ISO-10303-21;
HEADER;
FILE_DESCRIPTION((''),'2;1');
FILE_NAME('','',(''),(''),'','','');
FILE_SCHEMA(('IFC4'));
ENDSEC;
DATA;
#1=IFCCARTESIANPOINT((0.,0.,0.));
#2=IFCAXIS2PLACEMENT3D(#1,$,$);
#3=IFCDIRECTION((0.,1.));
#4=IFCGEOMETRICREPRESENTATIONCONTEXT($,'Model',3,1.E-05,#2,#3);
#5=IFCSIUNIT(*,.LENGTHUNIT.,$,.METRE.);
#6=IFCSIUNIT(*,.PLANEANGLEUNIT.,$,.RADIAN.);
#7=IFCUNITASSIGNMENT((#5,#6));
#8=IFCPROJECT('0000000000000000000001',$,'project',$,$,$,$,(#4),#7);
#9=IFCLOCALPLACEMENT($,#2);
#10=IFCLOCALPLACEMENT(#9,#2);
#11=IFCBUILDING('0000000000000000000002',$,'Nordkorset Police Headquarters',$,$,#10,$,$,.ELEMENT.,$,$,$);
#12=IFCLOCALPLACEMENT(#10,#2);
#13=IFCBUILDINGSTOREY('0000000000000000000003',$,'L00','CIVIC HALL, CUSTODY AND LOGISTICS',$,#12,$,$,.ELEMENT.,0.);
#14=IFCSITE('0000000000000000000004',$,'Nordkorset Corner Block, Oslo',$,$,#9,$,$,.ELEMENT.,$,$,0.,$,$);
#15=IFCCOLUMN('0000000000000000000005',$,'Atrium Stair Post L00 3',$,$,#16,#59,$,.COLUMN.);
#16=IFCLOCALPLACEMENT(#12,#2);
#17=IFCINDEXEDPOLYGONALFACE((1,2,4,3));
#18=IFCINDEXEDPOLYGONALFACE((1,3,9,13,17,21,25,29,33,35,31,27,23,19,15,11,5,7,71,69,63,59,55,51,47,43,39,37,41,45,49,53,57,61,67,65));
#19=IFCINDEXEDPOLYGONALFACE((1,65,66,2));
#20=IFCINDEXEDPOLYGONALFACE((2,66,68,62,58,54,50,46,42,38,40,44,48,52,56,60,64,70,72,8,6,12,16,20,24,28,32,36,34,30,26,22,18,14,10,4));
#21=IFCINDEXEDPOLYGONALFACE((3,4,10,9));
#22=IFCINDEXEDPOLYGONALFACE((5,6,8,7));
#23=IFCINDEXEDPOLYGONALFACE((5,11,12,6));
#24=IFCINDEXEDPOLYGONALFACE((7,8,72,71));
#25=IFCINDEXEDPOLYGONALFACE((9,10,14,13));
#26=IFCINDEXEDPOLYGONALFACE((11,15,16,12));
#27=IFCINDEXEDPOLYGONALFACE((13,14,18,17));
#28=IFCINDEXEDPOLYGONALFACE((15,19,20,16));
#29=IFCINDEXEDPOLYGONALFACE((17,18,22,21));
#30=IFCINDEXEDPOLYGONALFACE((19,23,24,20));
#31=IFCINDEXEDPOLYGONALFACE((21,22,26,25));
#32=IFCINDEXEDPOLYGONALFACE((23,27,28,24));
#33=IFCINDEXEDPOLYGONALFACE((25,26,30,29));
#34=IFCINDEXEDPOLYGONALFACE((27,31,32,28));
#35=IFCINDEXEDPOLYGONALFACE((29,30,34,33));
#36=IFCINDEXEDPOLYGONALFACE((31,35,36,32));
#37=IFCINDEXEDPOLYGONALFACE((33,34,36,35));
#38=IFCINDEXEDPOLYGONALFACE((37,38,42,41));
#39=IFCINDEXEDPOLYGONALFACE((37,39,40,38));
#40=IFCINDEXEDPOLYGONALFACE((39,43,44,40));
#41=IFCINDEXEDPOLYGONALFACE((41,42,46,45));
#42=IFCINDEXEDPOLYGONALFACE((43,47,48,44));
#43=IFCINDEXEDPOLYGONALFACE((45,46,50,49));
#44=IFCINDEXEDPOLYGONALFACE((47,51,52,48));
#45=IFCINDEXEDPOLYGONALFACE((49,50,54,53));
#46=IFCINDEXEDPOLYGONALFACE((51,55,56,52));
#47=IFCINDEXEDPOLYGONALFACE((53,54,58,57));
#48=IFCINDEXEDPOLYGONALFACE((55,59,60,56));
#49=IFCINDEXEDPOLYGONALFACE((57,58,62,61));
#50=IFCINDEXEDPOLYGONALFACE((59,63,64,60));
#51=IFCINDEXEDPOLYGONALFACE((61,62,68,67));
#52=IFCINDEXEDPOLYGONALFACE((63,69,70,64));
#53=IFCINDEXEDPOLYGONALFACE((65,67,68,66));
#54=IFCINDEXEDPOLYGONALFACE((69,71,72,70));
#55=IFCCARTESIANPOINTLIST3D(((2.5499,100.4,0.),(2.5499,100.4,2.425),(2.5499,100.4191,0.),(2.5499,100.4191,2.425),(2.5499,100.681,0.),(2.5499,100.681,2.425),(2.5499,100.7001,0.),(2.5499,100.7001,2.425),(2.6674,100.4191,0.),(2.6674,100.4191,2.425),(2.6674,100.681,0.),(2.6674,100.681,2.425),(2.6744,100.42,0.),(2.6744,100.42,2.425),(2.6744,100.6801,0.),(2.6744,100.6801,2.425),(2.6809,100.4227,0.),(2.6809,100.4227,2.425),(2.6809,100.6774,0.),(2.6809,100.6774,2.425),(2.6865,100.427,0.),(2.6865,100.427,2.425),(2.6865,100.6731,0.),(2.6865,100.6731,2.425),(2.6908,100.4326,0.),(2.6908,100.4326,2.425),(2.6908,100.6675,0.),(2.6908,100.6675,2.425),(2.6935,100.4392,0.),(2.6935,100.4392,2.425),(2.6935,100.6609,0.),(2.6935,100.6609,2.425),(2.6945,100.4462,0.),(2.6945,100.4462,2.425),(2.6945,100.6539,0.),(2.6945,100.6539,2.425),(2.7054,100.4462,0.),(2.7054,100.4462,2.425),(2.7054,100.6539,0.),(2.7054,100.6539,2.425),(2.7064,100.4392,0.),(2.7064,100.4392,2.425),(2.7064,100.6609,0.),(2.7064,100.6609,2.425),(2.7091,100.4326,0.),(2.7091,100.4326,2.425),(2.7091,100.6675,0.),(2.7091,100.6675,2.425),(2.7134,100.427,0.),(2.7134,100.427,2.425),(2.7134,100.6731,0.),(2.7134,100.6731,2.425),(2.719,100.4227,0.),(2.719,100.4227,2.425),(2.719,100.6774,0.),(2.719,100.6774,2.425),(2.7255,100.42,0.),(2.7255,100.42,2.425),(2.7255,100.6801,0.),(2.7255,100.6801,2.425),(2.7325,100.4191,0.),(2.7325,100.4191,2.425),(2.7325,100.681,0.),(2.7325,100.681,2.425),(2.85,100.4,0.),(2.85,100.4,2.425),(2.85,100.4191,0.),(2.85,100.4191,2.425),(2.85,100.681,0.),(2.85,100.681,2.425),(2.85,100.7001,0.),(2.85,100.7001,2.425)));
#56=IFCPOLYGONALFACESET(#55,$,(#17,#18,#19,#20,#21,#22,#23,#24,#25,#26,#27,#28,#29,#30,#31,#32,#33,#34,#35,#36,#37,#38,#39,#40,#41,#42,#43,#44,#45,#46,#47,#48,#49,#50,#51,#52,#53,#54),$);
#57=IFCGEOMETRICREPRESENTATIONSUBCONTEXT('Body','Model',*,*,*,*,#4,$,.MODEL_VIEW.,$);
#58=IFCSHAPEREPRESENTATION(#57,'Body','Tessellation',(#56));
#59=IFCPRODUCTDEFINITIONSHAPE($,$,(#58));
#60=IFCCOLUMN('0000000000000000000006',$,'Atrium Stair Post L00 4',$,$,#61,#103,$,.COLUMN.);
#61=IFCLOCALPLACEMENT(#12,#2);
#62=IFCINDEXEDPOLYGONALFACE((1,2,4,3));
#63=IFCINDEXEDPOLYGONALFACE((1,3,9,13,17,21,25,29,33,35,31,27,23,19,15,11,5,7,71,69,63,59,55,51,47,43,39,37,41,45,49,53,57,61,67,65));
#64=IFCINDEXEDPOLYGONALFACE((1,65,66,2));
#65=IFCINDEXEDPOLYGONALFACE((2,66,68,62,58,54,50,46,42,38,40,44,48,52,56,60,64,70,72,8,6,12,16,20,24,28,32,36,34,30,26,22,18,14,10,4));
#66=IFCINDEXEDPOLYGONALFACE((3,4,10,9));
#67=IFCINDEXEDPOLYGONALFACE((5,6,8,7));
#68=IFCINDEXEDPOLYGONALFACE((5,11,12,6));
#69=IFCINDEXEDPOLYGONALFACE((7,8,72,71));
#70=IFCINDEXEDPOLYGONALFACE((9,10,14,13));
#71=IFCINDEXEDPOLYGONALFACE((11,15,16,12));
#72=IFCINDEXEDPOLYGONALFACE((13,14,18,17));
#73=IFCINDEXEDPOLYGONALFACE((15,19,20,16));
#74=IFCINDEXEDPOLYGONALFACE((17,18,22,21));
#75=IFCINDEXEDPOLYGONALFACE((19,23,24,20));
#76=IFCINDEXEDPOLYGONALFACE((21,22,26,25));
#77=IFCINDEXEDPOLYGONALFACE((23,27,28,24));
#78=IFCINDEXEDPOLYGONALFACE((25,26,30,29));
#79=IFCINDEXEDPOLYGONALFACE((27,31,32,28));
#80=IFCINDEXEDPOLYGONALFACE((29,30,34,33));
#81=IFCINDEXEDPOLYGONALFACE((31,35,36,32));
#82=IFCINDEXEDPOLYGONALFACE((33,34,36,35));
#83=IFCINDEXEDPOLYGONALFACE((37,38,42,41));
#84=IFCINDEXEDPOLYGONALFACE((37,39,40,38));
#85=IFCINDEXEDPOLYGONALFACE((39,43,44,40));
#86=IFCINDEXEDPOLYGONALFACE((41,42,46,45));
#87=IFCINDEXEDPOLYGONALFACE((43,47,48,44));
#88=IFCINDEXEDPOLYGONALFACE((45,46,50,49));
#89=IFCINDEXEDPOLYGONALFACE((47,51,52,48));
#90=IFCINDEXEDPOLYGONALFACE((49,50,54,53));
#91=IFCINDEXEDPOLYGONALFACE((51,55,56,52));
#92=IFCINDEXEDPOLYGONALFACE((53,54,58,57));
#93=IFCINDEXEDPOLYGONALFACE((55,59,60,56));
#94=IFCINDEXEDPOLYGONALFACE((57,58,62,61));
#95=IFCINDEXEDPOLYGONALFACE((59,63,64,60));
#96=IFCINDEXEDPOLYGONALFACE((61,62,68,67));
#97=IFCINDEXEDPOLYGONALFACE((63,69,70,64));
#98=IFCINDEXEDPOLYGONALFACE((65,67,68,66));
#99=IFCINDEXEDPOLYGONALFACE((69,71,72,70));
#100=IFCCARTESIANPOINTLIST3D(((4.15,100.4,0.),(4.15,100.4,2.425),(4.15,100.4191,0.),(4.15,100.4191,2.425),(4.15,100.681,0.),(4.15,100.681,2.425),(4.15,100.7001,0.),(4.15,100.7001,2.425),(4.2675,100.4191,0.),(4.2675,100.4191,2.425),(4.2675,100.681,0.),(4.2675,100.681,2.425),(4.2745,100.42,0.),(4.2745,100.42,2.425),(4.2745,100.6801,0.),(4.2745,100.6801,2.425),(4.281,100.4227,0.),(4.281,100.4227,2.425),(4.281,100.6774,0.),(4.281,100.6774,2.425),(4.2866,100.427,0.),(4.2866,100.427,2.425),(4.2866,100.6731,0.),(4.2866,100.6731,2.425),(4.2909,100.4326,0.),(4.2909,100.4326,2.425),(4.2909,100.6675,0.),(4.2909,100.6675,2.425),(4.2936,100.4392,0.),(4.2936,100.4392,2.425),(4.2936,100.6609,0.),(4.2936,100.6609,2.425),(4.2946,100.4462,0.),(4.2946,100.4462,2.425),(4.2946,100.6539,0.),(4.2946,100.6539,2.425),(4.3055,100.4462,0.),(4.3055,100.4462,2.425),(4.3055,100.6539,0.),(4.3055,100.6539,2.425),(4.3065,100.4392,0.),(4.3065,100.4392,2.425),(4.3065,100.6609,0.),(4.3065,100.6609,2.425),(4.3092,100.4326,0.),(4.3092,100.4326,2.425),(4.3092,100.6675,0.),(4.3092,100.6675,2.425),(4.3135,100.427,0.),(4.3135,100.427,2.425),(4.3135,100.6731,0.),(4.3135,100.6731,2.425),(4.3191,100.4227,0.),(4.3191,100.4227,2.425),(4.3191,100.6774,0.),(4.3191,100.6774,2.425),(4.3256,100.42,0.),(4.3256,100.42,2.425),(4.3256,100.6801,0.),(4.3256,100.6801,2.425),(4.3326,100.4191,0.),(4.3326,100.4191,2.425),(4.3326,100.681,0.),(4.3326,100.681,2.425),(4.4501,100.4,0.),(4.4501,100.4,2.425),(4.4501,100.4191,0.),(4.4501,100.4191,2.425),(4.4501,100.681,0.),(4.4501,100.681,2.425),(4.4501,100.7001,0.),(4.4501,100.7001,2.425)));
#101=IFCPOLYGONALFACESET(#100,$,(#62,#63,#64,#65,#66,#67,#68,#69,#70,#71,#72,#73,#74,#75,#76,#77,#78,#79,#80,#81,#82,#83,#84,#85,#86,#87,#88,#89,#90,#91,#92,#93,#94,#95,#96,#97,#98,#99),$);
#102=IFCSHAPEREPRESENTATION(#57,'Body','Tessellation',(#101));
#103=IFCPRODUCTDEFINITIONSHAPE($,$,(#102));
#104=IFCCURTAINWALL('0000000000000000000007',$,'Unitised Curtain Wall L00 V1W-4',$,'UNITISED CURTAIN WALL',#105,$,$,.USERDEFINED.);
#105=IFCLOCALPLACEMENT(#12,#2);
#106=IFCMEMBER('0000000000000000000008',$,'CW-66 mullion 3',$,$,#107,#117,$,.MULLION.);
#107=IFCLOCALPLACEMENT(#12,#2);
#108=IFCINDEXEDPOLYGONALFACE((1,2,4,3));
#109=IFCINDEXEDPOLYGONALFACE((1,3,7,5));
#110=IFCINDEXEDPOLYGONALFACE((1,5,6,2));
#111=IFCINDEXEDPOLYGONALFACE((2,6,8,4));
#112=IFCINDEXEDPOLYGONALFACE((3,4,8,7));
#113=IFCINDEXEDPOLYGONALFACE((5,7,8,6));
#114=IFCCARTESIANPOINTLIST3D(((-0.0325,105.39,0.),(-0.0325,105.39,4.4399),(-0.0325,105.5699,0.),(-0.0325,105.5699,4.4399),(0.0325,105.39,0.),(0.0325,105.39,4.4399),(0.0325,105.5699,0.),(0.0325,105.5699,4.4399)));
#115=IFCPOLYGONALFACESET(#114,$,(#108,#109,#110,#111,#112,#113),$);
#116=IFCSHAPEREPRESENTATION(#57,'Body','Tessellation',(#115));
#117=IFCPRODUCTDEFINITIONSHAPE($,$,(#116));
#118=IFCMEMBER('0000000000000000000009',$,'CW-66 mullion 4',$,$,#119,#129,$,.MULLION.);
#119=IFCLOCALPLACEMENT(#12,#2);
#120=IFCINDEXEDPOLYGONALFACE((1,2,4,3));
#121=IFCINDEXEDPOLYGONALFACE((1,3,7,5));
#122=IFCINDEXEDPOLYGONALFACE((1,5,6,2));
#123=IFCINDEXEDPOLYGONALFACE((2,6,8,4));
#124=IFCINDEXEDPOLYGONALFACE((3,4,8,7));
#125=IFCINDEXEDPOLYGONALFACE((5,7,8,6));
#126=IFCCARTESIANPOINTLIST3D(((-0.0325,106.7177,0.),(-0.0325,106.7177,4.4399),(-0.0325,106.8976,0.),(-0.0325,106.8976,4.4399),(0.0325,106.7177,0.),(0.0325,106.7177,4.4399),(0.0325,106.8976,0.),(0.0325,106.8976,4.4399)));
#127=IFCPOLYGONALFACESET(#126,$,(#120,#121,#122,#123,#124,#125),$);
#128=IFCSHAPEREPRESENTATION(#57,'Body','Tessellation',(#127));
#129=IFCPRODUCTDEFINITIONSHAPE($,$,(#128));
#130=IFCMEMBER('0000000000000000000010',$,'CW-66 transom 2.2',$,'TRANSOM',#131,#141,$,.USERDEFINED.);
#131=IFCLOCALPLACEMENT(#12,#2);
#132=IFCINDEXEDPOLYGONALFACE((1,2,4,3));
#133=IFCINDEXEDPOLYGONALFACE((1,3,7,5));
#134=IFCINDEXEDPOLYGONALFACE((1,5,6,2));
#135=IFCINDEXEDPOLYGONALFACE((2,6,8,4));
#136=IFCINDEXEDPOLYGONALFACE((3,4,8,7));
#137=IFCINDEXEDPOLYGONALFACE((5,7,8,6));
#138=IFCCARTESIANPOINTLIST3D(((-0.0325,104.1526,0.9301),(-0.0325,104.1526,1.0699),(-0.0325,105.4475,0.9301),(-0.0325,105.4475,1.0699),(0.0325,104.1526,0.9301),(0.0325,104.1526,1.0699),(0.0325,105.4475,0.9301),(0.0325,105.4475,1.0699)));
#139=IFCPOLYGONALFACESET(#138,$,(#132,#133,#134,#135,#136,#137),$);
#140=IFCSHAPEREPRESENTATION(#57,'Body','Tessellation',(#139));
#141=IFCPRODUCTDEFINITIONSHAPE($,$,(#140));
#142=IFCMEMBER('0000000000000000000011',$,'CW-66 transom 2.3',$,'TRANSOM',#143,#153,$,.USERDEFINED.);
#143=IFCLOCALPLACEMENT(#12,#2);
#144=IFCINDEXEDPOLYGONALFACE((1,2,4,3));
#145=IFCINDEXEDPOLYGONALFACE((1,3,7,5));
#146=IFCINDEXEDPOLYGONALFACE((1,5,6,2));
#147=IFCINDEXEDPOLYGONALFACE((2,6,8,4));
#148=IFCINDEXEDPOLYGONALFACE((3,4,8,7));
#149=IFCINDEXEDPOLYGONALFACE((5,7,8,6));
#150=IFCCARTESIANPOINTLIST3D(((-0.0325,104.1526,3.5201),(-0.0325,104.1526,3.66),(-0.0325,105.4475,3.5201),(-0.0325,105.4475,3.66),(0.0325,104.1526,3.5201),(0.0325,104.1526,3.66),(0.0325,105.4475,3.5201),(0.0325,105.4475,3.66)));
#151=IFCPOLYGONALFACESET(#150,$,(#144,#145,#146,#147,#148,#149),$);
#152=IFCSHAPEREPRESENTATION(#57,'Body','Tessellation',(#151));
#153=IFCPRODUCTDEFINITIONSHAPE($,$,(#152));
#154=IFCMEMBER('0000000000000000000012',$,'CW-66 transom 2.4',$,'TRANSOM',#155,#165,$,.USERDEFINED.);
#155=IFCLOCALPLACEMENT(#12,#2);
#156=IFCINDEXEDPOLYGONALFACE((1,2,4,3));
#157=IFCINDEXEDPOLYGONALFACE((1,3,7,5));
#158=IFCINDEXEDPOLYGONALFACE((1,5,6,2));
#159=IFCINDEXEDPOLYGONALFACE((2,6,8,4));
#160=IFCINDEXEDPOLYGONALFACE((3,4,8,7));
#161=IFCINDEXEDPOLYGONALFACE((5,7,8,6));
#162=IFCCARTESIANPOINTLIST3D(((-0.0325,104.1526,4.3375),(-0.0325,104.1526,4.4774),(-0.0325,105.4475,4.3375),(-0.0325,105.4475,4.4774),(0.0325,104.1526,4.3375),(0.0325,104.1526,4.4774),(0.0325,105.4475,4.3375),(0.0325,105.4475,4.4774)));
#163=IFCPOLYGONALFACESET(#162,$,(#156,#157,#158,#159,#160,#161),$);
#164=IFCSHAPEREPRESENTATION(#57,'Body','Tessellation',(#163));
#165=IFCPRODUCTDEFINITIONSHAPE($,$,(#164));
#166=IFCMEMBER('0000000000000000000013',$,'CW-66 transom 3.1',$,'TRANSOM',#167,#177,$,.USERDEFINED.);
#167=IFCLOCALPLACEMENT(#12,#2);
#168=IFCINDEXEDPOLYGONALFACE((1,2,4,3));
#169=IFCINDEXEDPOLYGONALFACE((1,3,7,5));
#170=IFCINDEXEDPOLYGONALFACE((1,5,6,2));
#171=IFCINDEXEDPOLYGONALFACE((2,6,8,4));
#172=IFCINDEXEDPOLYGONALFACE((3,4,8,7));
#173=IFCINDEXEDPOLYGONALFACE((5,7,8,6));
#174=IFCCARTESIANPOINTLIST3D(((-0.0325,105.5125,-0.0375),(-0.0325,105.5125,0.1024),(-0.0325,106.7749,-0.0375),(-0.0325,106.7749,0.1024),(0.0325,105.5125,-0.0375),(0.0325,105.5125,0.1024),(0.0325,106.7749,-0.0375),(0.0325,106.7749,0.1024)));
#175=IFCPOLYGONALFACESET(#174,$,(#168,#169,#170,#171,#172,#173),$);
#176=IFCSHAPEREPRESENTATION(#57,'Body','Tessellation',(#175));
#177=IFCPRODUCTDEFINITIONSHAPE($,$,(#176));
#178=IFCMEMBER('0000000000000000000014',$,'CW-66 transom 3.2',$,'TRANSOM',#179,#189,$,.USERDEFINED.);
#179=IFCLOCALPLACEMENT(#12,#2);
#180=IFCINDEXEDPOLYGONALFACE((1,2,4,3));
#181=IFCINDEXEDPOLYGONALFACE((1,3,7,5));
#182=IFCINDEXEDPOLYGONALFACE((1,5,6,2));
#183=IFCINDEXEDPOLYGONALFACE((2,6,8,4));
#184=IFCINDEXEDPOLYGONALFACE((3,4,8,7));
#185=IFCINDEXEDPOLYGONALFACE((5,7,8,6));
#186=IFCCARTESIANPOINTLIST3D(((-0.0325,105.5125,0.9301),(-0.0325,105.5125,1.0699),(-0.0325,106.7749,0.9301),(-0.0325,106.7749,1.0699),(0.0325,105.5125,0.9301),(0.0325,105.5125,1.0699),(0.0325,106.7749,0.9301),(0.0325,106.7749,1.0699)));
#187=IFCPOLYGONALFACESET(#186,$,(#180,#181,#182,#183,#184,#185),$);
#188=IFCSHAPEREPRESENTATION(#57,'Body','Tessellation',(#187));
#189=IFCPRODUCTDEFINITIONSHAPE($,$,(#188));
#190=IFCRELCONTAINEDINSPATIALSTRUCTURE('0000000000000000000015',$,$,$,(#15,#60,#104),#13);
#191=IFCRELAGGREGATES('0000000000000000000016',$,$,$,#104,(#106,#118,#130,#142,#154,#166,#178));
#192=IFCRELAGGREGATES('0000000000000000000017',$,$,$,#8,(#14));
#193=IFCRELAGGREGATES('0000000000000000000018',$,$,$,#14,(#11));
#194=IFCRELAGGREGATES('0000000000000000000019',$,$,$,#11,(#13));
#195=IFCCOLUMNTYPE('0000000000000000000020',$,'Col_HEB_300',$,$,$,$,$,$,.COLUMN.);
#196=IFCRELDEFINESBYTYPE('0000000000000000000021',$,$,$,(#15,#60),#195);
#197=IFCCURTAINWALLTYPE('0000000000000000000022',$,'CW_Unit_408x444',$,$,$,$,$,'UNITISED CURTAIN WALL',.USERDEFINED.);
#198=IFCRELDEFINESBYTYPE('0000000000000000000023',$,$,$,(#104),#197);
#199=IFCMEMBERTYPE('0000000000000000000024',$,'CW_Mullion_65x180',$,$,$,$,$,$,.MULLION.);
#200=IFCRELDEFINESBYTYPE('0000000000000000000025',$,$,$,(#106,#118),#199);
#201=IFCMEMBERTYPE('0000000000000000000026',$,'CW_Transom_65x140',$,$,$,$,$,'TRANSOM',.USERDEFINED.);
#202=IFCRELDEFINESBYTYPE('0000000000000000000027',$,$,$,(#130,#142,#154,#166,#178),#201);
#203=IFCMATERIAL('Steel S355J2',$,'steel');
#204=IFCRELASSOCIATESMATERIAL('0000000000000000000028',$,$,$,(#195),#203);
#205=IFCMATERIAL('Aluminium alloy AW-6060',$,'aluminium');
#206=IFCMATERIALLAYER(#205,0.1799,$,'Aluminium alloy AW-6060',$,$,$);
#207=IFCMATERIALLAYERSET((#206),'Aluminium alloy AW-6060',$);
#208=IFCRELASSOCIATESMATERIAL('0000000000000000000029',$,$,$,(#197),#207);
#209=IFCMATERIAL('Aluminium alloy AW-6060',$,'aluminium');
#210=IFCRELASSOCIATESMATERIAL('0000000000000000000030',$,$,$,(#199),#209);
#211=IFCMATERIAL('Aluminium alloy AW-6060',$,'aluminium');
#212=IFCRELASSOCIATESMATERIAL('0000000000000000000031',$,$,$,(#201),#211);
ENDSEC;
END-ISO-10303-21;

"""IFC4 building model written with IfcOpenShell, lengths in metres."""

from ifc_helpers import new_model, si_unit, direction, frame, origin, origin_2d, place, context, subcontext, project, spatial, rectangle, i_section, extrude, material, layer, layer_set, material_profile, profile_set, type_object, element, aggregate, save


model = new_model("IFC4")

# Units and contexts
model_context = context("Model", 3, precision=1e-05, world=origin(), true_north=direction((0.0, 1.0)))
body_context = subcontext(model_context, "Body", "Model", "MODEL_VIEW")
ifc_project = project(units=[si_unit("LENGTHUNIT", "METRE"), si_unit("PLANEANGLEUNIT", "RADIAN")], contexts=[model_context])

# Site, building, storey
site_placement = place(None, origin())
site = spatial("IfcSite", under=ifc_project, at=site_placement, Name="Nordkorset Corner Block, Oslo", CompositionType="ELEMENT", RefElevation=0.0)
building_placement = place(site_placement, origin())
building = spatial("IfcBuilding", under=site, at=building_placement, Name="Nordkorset Police Headquarters", CompositionType="ELEMENT")
storey_placement = place(building_placement, origin())
storey = spatial("IfcBuildingStorey", under=building, at=storey_placement, Name="L00", Description="CIVIC HALL, CUSTODY AND LOGISTICS", CompositionType="ELEMENT", Elevation=0.0)

# Columns
ifc_material_1 = material(Name="Steel S355J2", Category="steel")
ifc_material_profile_1 = material_profile(ifc_material_1, i_section(OverallWidth=0.3, OverallDepth=0.3, WebThickness=0.011, FlangeThickness=0.019, FilletRadius=0.0271, at=origin_2d()), Name="HEB 300")
ifc_profile_set_1 = profile_set([ifc_material_profile_1], Name="Steel S355J2")
column_type = type_object("IfcColumnType", Name="Col_HEB_300", PredefinedType="COLUMN", material=ifc_profile_set_1)
for number, where, z_axis, x_axis, name in (
    (1, (2.7, 100.55, 0.0), (0.0, 0.0, 1.0), (1.0, 0.0, 0.0), "Atrium Stair Post L00 3"),
    (2, (4.3, 100.55, 0.0), (0.0, 0.0, 1.0), (1.0, 0.0, 0.0), "Atrium Stair Post L00 4"),
):
    element("IfcColumn", number, at=place(storey_placement, frame(where, z_axis=z_axis, x_axis=x_axis)), inside=storey, type_object=column_type, Name=name, PredefinedType="COLUMN", context=body_context, shape_type="SweptSolid", body=[
        extrude(i_section(OverallWidth=0.3, OverallDepth=0.3, WebThickness=0.011, FlangeThickness=0.019, FilletRadius=0.0271, at=origin_2d()), origin(), (0.0, 0.0, 1.0), 2.425),
    ])

# Curtain wall, members
ifc_material_2 = material(Name="Aluminium alloy AW-6060", Category="aluminium")
ifc_layer_1 = layer(ifc_material_2, 0.1799, Name="Aluminium alloy AW-6060")
ifc_layer_set_1 = layer_set([ifc_layer_1], Name="Aluminium alloy AW-6060")
curtain_wall_type = type_object("IfcCurtainWallType", Name="CW_Unit_408x444", ElementType="UNITISED CURTAIN WALL", PredefinedType="USERDEFINED", material=ifc_layer_set_1)
curtain_wall_placement = place(storey_placement, origin())
curtain_wall = element("IfcCurtainWall", 3, at=curtain_wall_placement, inside=storey, type_object=curtain_wall_type, Name="Unitised Curtain Wall L00 V1W-4", ObjectType="UNITISED CURTAIN WALL", PredefinedType="USERDEFINED")
ifc_material_3 = material(Name="Aluminium alloy AW-6060", Category="aluminium")
ifc_material_profile_2 = material_profile(ifc_material_3, rectangle(XDim=0.0649, YDim=0.1799, at=origin_2d()), Name="ALU MULL 65x180")
ifc_profile_set_2 = profile_set([ifc_material_profile_2], Name="Aluminium alloy AW-6060")
member_type_1 = type_object("IfcMemberType", Name="CW_Mullion_65x180", PredefinedType="MULLION", material=ifc_profile_set_2)
member_1_placement = place(storey_placement, frame((0.0, 105.48, 0.0), z_axis=(0.0, 0.0, 1.0), x_axis=(-1.0, 0.0, 0.0)))
member_1 = element("IfcMember", 4, at=member_1_placement, type_object=member_type_1, Name="CW-66 mullion 3", PredefinedType="MULLION", context=body_context, shape_type="SweptSolid", body=[
    extrude(rectangle(XDim=0.0649, YDim=0.1799, at=origin_2d()), origin(), (0.0, 0.0, 1.0), 4.4399),
])
member_2_placement = place(storey_placement, frame((0.0, 106.8076, 0.0), z_axis=(0.0, 0.0, 1.0), x_axis=(-1.0, 0.0, 0.0)))
member_2 = element("IfcMember", 5, at=member_2_placement, type_object=member_type_1, Name="CW-66 mullion 4", PredefinedType="MULLION", context=body_context, shape_type="SweptSolid", body=[
    extrude(rectangle(XDim=0.0649, YDim=0.1799, at=origin_2d()), origin(), (0.0, 0.0, 1.0), 4.4399),
])
ifc_material_4 = material(Name="Aluminium alloy AW-6060", Category="aluminium")
ifc_material_profile_3 = material_profile(ifc_material_4, rectangle(XDim=0.0649, YDim=0.1399, at=origin_2d()), Name="ALU TRAN 65x140")
ifc_profile_set_3 = profile_set([ifc_material_profile_3], Name="Aluminium alloy AW-6060")
member_type_2 = type_object("IfcMemberType", Name="CW_Transom_65x140", ElementType="TRANSOM", PredefinedType="USERDEFINED", material=ifc_profile_set_3)
member_3_placement = place(storey_placement, frame((0.0, 104.1526, 1.0), z_axis=(0.0, 1.0, 0.0), x_axis=(-1.0, 0.0, 0.0)))
member_3 = element("IfcMember", 6, at=member_3_placement, type_object=member_type_2, Name="CW-66 transom 2.2", ObjectType="TRANSOM", PredefinedType="USERDEFINED", context=body_context, shape_type="SweptSolid", body=[
    extrude(rectangle(XDim=0.0649, YDim=0.1399, at=origin_2d()), origin(), (0.0, 0.0, 1.0), 1.2949),
])
member_4_placement = place(storey_placement, frame((0.0, 104.1526, 3.5901), z_axis=(0.0, 1.0, 0.0), x_axis=(-1.0, 0.0, 0.0)))
member_4 = element("IfcMember", 7, at=member_4_placement, type_object=member_type_2, Name="CW-66 transom 2.3", ObjectType="TRANSOM", PredefinedType="USERDEFINED", context=body_context, shape_type="SweptSolid", body=[
    extrude(rectangle(XDim=0.0649, YDim=0.1399, at=origin_2d()), origin(), (0.0, 0.0, 1.0), 1.2949),
])
member_5_placement = place(storey_placement, frame((0.0, 104.1526, 4.4075), z_axis=(0.0, 1.0, 0.0), x_axis=(-1.0, 0.0, 0.0)))
member_5 = element("IfcMember", 8, at=member_5_placement, type_object=member_type_2, Name="CW-66 transom 2.4", ObjectType="TRANSOM", PredefinedType="USERDEFINED", context=body_context, shape_type="SweptSolid", body=[
    extrude(rectangle(XDim=0.0649, YDim=0.1399, at=origin_2d()), origin(), (0.0, 0.0, 1.0), 1.2949),
])
member_6_placement = place(storey_placement, frame((0.0, 105.5125, 0.0325), z_axis=(0.0, 1.0, 0.0), x_axis=(-1.0, 0.0, 0.0)))
member_6 = element("IfcMember", 9, at=member_6_placement, type_object=member_type_2, Name="CW-66 transom 3.1", ObjectType="TRANSOM", PredefinedType="USERDEFINED", context=body_context, shape_type="SweptSolid", body=[
    extrude(rectangle(XDim=0.0649, YDim=0.1399, at=origin_2d()), origin(), (0.0, 0.0, 1.0), 1.2625),
])
member_7_placement = place(storey_placement, frame((0.0, 105.5125, 1.0), z_axis=(0.0, 1.0, 0.0), x_axis=(-1.0, 0.0, 0.0)))
member_7 = element("IfcMember", 10, at=member_7_placement, type_object=member_type_2, Name="CW-66 transom 3.2", ObjectType="TRANSOM", PredefinedType="USERDEFINED", context=body_context, shape_type="SweptSolid", body=[
    extrude(rectangle(XDim=0.0649, YDim=0.1399, at=origin_2d()), origin(), (0.0, 0.0, 1.0), 1.2625),
])
aggregate(curtain_wall, [member_1, member_2, member_3, member_4, member_5, member_6, member_7])

save(model, "model.ifc")
